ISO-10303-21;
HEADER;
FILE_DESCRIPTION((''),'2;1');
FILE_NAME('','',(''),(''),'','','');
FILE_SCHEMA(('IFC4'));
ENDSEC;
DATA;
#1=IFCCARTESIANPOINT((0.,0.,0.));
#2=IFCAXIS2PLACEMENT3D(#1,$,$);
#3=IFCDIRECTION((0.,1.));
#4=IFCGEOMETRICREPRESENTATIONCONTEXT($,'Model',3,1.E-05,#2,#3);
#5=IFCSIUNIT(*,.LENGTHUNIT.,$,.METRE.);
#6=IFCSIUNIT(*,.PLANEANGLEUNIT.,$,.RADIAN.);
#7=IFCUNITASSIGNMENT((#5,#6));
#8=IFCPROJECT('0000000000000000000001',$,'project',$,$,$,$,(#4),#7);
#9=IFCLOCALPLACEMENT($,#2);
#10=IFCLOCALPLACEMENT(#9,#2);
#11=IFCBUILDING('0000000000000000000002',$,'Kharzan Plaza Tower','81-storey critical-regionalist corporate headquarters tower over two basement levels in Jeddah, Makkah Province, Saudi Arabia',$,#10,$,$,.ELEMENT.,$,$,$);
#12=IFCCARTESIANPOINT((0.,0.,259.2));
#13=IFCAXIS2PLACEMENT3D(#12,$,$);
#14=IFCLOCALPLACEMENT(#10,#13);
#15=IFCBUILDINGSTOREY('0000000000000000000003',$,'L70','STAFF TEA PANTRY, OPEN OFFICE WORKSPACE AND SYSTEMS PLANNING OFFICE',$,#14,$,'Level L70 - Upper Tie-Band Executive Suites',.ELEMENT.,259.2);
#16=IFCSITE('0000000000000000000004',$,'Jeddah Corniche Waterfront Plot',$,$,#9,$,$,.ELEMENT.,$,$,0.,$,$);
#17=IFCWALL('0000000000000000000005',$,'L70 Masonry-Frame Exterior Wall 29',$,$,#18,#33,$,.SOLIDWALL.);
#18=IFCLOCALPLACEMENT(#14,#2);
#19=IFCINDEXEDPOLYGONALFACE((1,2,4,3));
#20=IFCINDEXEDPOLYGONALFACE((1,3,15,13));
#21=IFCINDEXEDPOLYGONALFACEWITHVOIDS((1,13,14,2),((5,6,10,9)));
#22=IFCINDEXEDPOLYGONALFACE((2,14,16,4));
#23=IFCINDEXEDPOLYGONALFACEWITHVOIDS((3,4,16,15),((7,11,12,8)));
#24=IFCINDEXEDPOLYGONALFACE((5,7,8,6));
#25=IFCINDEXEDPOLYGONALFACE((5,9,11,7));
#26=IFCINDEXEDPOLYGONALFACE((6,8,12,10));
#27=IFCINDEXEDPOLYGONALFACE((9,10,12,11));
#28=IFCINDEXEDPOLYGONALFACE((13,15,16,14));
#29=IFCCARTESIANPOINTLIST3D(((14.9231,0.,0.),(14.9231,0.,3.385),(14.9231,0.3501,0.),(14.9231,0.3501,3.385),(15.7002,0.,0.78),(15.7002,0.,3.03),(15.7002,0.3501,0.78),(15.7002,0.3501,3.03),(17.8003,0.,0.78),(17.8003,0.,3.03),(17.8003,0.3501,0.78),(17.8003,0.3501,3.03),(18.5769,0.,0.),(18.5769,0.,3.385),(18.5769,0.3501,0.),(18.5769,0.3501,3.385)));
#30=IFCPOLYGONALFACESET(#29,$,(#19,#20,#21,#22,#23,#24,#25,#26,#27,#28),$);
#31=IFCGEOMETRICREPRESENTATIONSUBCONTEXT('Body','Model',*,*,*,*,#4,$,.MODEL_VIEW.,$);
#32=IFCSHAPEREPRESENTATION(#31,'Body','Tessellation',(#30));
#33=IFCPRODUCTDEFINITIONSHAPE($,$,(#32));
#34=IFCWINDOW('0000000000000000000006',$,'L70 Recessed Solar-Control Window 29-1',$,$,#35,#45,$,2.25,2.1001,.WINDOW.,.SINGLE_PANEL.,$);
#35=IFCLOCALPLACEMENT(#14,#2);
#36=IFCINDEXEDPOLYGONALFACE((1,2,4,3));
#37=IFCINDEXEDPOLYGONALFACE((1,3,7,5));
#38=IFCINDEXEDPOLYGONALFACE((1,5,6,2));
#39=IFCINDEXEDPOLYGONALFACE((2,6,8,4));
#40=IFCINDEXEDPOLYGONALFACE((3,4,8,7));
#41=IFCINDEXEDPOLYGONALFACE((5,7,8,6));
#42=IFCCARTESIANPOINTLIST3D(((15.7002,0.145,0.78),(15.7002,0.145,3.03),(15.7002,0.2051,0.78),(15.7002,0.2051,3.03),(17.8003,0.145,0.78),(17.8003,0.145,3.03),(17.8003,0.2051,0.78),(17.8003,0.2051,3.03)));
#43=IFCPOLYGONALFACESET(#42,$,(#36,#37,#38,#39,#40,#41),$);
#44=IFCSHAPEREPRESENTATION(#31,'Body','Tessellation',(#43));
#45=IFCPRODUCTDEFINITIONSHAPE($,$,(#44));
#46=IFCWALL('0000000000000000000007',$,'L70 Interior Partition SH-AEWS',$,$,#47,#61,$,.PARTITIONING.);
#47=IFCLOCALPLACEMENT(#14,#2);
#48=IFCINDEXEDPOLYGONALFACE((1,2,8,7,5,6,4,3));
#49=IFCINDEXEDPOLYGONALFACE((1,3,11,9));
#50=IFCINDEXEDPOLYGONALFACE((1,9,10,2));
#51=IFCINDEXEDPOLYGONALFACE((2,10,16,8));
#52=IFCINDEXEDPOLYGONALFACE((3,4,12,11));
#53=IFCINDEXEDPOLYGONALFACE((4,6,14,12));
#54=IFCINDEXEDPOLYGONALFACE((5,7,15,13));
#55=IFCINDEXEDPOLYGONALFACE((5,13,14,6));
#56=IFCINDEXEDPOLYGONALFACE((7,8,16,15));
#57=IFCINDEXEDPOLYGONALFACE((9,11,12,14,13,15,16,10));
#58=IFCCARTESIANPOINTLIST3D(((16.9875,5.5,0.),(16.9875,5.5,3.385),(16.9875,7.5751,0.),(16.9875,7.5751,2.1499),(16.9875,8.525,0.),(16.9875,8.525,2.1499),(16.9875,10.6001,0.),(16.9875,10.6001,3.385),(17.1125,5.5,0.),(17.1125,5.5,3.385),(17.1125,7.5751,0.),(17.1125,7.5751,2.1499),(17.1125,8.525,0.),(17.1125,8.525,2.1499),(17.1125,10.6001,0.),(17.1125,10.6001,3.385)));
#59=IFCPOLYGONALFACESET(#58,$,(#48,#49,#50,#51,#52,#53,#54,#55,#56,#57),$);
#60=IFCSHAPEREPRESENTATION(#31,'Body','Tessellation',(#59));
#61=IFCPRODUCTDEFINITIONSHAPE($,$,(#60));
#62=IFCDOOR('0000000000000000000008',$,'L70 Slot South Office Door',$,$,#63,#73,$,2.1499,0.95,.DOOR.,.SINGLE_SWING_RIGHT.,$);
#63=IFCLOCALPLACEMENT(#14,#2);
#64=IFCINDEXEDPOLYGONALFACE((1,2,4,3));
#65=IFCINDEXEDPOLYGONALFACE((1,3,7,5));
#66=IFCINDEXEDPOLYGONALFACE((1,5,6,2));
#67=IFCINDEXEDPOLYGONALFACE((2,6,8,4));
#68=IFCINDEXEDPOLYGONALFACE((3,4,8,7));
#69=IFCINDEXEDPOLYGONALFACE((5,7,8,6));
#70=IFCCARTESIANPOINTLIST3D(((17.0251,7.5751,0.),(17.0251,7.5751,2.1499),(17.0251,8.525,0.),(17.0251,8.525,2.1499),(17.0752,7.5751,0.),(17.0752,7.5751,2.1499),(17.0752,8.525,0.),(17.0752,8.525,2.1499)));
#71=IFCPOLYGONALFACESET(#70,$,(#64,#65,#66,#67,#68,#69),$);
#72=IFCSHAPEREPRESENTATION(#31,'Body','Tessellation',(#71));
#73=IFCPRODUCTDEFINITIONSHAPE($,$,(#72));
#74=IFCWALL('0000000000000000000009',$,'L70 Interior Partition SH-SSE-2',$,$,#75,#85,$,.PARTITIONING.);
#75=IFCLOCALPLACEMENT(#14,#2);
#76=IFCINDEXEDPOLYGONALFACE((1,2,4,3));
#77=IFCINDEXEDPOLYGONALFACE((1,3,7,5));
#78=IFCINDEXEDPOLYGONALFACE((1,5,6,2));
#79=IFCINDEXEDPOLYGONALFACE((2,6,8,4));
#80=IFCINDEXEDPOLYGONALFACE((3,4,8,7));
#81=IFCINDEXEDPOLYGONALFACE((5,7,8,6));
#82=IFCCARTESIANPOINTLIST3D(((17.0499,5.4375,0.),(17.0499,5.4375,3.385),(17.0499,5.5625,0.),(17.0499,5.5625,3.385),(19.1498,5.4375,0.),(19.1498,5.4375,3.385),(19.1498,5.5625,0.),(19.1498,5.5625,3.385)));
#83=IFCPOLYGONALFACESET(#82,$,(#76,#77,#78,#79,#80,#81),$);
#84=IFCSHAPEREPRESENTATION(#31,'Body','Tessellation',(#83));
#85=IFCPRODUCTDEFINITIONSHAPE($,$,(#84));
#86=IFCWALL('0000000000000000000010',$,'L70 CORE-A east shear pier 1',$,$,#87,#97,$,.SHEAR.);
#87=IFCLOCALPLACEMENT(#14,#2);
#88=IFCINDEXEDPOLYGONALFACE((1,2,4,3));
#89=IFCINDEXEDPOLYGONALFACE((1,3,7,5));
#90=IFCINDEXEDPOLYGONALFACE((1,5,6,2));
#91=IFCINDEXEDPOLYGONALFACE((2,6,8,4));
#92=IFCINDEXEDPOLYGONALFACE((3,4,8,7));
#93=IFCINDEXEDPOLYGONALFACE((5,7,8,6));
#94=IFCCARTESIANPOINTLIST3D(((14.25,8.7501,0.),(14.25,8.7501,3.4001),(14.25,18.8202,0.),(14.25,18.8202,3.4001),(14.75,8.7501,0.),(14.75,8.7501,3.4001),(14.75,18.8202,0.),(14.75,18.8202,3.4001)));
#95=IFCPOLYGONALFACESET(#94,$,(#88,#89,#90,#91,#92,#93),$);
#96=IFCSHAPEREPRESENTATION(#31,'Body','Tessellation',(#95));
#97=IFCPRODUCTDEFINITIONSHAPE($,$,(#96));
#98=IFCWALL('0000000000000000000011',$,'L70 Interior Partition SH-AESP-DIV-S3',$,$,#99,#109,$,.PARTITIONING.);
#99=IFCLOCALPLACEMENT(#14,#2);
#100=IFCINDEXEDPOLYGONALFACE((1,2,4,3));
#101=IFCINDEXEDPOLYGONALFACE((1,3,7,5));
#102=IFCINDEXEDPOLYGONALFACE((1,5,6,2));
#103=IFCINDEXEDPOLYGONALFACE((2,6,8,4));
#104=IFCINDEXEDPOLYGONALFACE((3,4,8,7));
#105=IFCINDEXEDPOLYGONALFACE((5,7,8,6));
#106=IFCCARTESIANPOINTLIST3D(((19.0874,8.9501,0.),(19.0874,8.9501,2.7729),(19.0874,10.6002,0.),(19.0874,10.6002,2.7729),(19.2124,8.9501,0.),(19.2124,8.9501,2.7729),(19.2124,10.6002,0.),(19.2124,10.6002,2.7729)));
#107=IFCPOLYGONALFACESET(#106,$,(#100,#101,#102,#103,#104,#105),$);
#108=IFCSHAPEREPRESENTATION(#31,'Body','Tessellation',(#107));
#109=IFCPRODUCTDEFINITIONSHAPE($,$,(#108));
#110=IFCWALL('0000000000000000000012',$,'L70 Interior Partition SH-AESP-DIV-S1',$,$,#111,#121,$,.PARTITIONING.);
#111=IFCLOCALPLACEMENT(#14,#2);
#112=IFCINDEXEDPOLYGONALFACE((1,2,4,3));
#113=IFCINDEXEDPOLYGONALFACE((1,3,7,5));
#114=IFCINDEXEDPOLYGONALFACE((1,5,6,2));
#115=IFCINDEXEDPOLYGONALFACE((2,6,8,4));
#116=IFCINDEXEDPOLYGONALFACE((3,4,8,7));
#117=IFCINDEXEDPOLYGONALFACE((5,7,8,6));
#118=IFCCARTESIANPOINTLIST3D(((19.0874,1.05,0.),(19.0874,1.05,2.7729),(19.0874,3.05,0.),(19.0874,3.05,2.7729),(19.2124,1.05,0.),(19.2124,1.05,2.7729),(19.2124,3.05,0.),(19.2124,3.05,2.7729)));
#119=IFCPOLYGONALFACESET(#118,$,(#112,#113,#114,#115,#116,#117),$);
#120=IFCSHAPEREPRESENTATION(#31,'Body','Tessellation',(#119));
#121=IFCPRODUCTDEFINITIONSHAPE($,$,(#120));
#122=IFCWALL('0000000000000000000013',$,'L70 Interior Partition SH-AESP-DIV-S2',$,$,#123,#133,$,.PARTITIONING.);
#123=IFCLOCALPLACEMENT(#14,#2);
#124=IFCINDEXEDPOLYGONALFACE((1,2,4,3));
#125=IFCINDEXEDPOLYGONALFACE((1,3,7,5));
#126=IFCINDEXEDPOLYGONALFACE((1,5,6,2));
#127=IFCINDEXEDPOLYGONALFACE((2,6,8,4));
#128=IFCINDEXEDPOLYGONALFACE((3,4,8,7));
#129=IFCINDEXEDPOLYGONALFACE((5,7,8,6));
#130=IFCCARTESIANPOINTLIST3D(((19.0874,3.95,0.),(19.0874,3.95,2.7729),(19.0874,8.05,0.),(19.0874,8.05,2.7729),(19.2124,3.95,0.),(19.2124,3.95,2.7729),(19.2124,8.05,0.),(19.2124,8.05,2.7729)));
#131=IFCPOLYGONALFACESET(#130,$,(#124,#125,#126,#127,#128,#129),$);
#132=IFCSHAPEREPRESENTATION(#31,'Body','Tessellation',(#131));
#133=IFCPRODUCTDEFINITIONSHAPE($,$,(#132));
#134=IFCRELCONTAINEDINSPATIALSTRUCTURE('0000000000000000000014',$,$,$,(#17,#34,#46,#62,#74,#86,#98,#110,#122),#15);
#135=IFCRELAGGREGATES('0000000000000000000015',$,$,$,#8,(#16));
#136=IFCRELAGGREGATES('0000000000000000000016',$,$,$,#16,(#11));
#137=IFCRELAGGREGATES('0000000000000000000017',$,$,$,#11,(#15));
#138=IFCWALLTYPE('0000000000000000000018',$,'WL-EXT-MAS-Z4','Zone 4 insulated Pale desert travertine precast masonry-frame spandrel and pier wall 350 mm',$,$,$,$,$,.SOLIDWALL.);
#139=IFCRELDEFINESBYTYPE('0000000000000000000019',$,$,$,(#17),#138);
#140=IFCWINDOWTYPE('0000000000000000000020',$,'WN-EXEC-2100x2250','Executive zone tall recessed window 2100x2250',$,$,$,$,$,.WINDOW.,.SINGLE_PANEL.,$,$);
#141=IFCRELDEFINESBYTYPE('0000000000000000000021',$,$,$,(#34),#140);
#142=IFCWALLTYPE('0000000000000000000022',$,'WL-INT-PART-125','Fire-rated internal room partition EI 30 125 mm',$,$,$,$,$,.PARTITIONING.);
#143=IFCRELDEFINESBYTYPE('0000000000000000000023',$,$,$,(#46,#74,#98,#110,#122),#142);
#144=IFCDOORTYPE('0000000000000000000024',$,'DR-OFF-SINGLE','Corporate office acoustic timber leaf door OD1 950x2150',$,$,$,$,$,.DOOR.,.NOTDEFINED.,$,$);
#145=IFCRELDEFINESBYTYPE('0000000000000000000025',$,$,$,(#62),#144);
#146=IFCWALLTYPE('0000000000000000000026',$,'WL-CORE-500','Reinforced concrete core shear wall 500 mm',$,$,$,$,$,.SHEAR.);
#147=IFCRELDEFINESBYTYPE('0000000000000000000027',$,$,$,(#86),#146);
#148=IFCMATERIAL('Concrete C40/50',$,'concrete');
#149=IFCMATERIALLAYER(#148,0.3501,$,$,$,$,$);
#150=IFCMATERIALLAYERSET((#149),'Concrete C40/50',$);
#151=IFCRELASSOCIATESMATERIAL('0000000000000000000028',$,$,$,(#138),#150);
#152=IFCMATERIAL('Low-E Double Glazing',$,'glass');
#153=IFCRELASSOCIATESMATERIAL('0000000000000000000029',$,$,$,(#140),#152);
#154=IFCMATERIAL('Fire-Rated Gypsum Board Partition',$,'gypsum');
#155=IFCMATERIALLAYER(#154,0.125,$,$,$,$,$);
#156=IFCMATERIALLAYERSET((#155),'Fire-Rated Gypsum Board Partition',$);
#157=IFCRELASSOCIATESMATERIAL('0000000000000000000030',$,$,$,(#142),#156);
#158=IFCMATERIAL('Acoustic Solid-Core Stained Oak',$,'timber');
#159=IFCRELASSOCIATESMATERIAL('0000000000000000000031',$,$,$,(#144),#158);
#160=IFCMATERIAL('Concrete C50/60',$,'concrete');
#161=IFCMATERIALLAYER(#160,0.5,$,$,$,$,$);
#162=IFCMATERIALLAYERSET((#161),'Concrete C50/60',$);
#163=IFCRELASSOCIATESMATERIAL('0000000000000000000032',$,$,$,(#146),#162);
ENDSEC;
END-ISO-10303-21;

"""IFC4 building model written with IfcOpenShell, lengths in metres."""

from ifc_helpers import new_model, si_unit, direction, frame, frame_2d, origin, place, context, subcontext, project, spatial, rectangle, extrude, source, transform, mapped, material, layer, layer_set, type_object, element, fill, save


model = new_model("IFC4")

# Units and contexts
model_context = context("Model", 3, precision=1e-05, world=origin(), true_north=direction((0.0, 1.0)))
body_context = subcontext(model_context, "Body", "Model", "MODEL_VIEW")
ifc_project = project(units=[si_unit("LENGTHUNIT", "METRE"), si_unit("PLANEANGLEUNIT", "RADIAN")], contexts=[model_context])

# Site, building, storey
site_placement = place(None, origin())
site = spatial("IfcSite", under=ifc_project, at=site_placement, Name="Jeddah Corniche Waterfront Plot", CompositionType="ELEMENT", RefElevation=0.0)
building_placement = place(site_placement, origin())
building = spatial("IfcBuilding", under=site, at=building_placement, Name="Kharzan Plaza Tower", Description="81-storey critical-regionalist corporate headquarters tower over two basement levels in Jeddah, Makkah Province, Saudi Arabia", CompositionType="ELEMENT")
storey_placement = place(building_placement, frame((0.0, 0.0, 259.2)))
storey = spatial("IfcBuildingStorey", under=building, at=storey_placement, Name="L70", Description="STAFF TEA PANTRY, OPEN OFFICE WORKSPACE AND SYSTEMS PLANNING OFFICE", LongName="Level L70 - Upper Tie-Band Executive Suites", CompositionType="ELEMENT", Elevation=259.2)

# Shared definitions
ifc_material_1 = material(Name="Concrete C50/60", Category="concrete")

# Wall, opening, window
ifc_material_2 = material(Name="Concrete C40/50", Category="concrete")
ifc_layer_1 = layer(ifc_material_2, 0.3501)
ifc_layer_set_1 = layer_set([ifc_layer_1], Name="Concrete C40/50")
wall_type_1 = type_object("IfcWallType", Name="WL-EXT-MAS-Z4", Description="Zone 4 insulated Pale desert travertine precast masonry-frame spandrel and pier wall 350 mm", PredefinedType="SOLIDWALL", material=ifc_layer_set_1)
wall_1_placement = place(storey_placement, frame((14.9231, 0.175, 0.0), z_axis=(0.0, 0.0, 1.0), x_axis=(1.0, 0.0, 0.0)))
wall_1 = element("IfcWall", 1, at=wall_1_placement, inside=storey, type_object=wall_type_1, Name="L70 Masonry-Frame Exterior Wall 29", PredefinedType="SOLIDWALL", context=body_context, shape_type="SweptSolid", body=[
    extrude(rectangle(XDim=3.6538, YDim=0.3501, at=frame_2d((1.8269, 0.0))), origin(), (0.0, 0.0, 1.0), 3.385),
])
opening_1_placement = place(wall_1_placement, frame((0.7771, 0.0, 0.78)))
opening_1 = element("IfcOpeningElement", 2, at=opening_1_placement, cuts=wall_1, PredefinedType="OPENING", context=body_context, shape_type="SweptSolid", body=[
    extrude(rectangle(XDim=2.1001, YDim=2.25, at=frame_2d((1.05, 1.125))), frame((0.0, 0.1851, 0.0), z_axis=(0.0, -1.0, 0.0), x_axis=(1.0, 0.0, 0.0)), (0.0, 0.0, 1.0), 0.3701),
])
ifc_material_3 = material(Name="Low-E Double Glazing", Category="glass")
window_type = type_object("IfcWindowType", Name="WN-EXEC-2100x2250", Description="Executive zone tall recessed window 2100x2250", PartitioningType="SINGLE_PANEL", PredefinedType="WINDOW", material=ifc_material_3)
shared_shape_1 = source(origin(), body_context, "Body", "SweptSolid", [
    extrude(rectangle(XDim=2.1001, YDim=2.25, at=frame_2d((1.05, 1.125))), frame((0.0, 0.03, 0.0), z_axis=(0.0, -1.0, 0.0), x_axis=(1.0, 0.0, 0.0)), (0.0, 0.0, 1.0), 0.0601),
])
window_placement = place(opening_1_placement, origin())
window = element("IfcWindow", 3, at=window_placement, inside=storey, type_object=window_type, Name="L70 Recessed Solar-Control Window 29-1", OverallHeight=2.25, OverallWidth=2.1001, PartitioningType="SINGLE_PANEL", PredefinedType="WINDOW", context=body_context, shape_type="MappedRepresentation", body=[
    mapped(shared_shape_1, transform((0.0, 0.0, 0.0), x_axis=(1.0, 0.0, 0.0), y_axis=(0.0, 1.0, 0.0), z_axis=(0.0, 0.0, 1.0))),
])
fill(opening_1, window)

# Wall, opening, door
ifc_material_4 = material(Name="Fire-Rated Gypsum Board Partition", Category="gypsum")
ifc_layer_2 = layer(ifc_material_4, 0.125)
ifc_layer_set_2 = layer_set([ifc_layer_2], Name="Fire-Rated Gypsum Board Partition")
wall_type_2 = type_object("IfcWallType", Name="WL-INT-PART-125", Description="Fire-rated internal room partition EI 30 125 mm", PredefinedType="PARTITIONING", material=ifc_layer_set_2)
wall_2_placement = place(storey_placement, frame((17.05, 5.5, 0.0), z_axis=(0.0, 0.0, 1.0), x_axis=(0.0, 1.0, 0.0)))
wall_2 = element("IfcWall", 4, at=wall_2_placement, inside=storey, type_object=wall_type_2, Name="L70 Interior Partition SH-AEWS", PredefinedType="PARTITIONING", context=body_context, shape_type="SweptSolid", body=[
    extrude(rectangle(XDim=5.1001, YDim=0.125, at=frame_2d((2.55, 0.0))), origin(), (0.0, 0.0, 1.0), 3.385),
])
opening_2_placement = place(wall_2_placement, frame((2.075, 0.0, 0.0)))
opening_2 = element("IfcOpeningElement", 5, at=opening_2_placement, cuts=wall_2, PredefinedType="OPENING", context=body_context, shape_type="SweptSolid", body=[
    extrude(rectangle(XDim=0.95, YDim=2.1499, at=frame_2d((0.4751, 1.075))), frame((0.0, 0.0725, 0.0), z_axis=(0.0, -1.0, 0.0), x_axis=(1.0, 0.0, 0.0)), (0.0, 0.0, 1.0), 0.145),
])
ifc_material_5 = material(Name="Acoustic Solid-Core Stained Oak", Category="timber")
door_type = type_object("IfcDoorType", Name="DR-OFF-SINGLE", Description="Corporate office acoustic timber leaf door OD1 950x2150", OperationType="NOTDEFINED", PredefinedType="DOOR", material=ifc_material_5)
shared_shape_2 = source(origin(), body_context, "Body", "SweptSolid", [
    extrude(rectangle(XDim=0.95, YDim=2.1499, at=frame_2d((0.4751, 1.075))), frame((0.0, 0.0249, 0.0), z_axis=(0.0, -1.0, 0.0), x_axis=(1.0, 0.0, 0.0)), (0.0, 0.0, 1.0), 0.05),
])
door_placement = place(opening_2_placement, origin())
door = element("IfcDoor", 6, at=door_placement, inside=storey, type_object=door_type, Name="L70 Slot South Office Door", OperationType="SINGLE_SWING_RIGHT", OverallHeight=2.1499, OverallWidth=0.95, PredefinedType="DOOR", context=body_context, shape_type="MappedRepresentation", body=[
    mapped(shared_shape_2, transform((0.0, 0.0, 0.0), x_axis=(1.0, 0.0, 0.0), y_axis=(0.0, 1.0, 0.0), z_axis=(0.0, 0.0, 1.0))),
])
fill(opening_2, door)

# Walls
shared_shape_3 = source(origin(), body_context, "Body", "SweptSolid", [
    extrude(rectangle(XDim=2.0999, YDim=0.125, at=frame_2d((1.0498, 0.0))), origin(), (0.0, 0.0, 1.0), 3.385),
])
wall_3_placement = place(storey_placement, frame((17.05, 5.5, 0.0), z_axis=(0.0, 0.0, 1.0), x_axis=(1.0, 0.0, 0.0)))
element("IfcWall", 7, at=wall_3_placement, inside=storey, type_object=wall_type_2, Name="L70 Interior Partition SH-SSE-2", PredefinedType="PARTITIONING", context=body_context, shape_type="MappedRepresentation", body=[
    mapped(shared_shape_3, transform((0.0, 0.0, 0.0), x_axis=(1.0, 0.0, 0.0), y_axis=(0.0, 1.0, 0.0), z_axis=(0.0, 0.0, 1.0))),
])
ifc_layer_3 = layer(ifc_material_1, 0.5)
ifc_layer_set_3 = layer_set([ifc_layer_3], Name="Concrete C50/60")
wall_type_3 = type_object("IfcWallType", Name="WL-CORE-500", Description="Reinforced concrete core shear wall 500 mm", PredefinedType="SHEAR", material=ifc_layer_set_3)
shared_shape_4 = source(origin(), body_context, "Body", "SweptSolid", [
    extrude(rectangle(XDim=10.0701, YDim=0.5, at=frame_2d((5.0352, 0.0))), origin(), (0.0, 0.0, 1.0), 3.4001),
])
wall_4_placement = place(storey_placement, frame((14.5, 8.75, 0.0), z_axis=(0.0, 0.0, 1.0), x_axis=(0.0, 1.0, 0.0)))
element("IfcWall", 8, at=wall_4_placement, inside=storey, type_object=wall_type_3, Name="L70 CORE-A east shear pier 1", PredefinedType="SHEAR", context=body_context, shape_type="MappedRepresentation", body=[
    mapped(shared_shape_4, transform((0.0, 0.0, 0.0), x_axis=(1.0, 0.0, 0.0), y_axis=(0.0, 1.0, 0.0), z_axis=(0.0, 0.0, 1.0))),
])
shared_shape_5 = source(origin(), body_context, "Body", "SweptSolid", [
    extrude(rectangle(XDim=1.6501, YDim=0.125, at=frame_2d((0.8252, 0.0))), origin(), (0.0, 0.0, 1.0), 2.7729),
])
wall_5_placement = place(storey_placement, frame((19.1499, 8.95, 0.0), z_axis=(0.0, 0.0, 1.0), x_axis=(0.0, 1.0, 0.0)))
element("IfcWall", 9, at=wall_5_placement, inside=storey, type_object=wall_type_2, Name="L70 Interior Partition SH-AESP-DIV-S3", PredefinedType="PARTITIONING", context=body_context, shape_type="MappedRepresentation", body=[
    mapped(shared_shape_5, transform((0.0, 0.0, 0.0), x_axis=(1.0, 0.0, 0.0), y_axis=(0.0, 1.0, 0.0), z_axis=(0.0, 0.0, 1.0))),
])
shared_shape_6 = source(origin(), body_context, "Body", "SweptSolid", [
    extrude(rectangle(XDim=2.0, YDim=0.125, at=frame_2d((1.0, 0.0))), origin(), (0.0, 0.0, 1.0), 2.7729),
])
wall_6_placement = place(storey_placement, frame((19.1499, 1.05, 0.0), z_axis=(0.0, 0.0, 1.0), x_axis=(0.0, 1.0, 0.0)))
element("IfcWall", 10, at=wall_6_placement, inside=storey, type_object=wall_type_2, Name="L70 Interior Partition SH-AESP-DIV-S1", PredefinedType="PARTITIONING", context=body_context, shape_type="MappedRepresentation", body=[
    mapped(shared_shape_6, transform((0.0, 0.0, 0.0), x_axis=(1.0, 0.0, 0.0), y_axis=(0.0, 1.0, 0.0), z_axis=(0.0, 0.0, 1.0))),
])
shared_shape_7 = source(origin(), body_context, "Body", "SweptSolid", [
    extrude(rectangle(XDim=4.1001, YDim=0.125, at=frame_2d((2.05, 0.0))), origin(), (0.0, 0.0, 1.0), 2.7729),
])
wall_7_placement = place(storey_placement, frame((19.1499, 3.95, 0.0), z_axis=(0.0, 0.0, 1.0), x_axis=(0.0, 1.0, 0.0)))
element("IfcWall", 11, at=wall_7_placement, inside=storey, type_object=wall_type_2, Name="L70 Interior Partition SH-AESP-DIV-S2", PredefinedType="PARTITIONING", context=body_context, shape_type="MappedRepresentation", body=[
    mapped(shared_shape_7, transform((0.0, 0.0, 0.0), x_axis=(1.0, 0.0, 0.0), y_axis=(0.0, 1.0, 0.0), z_axis=(0.0, 0.0, 1.0))),
])

save(model, "model.ifc")
